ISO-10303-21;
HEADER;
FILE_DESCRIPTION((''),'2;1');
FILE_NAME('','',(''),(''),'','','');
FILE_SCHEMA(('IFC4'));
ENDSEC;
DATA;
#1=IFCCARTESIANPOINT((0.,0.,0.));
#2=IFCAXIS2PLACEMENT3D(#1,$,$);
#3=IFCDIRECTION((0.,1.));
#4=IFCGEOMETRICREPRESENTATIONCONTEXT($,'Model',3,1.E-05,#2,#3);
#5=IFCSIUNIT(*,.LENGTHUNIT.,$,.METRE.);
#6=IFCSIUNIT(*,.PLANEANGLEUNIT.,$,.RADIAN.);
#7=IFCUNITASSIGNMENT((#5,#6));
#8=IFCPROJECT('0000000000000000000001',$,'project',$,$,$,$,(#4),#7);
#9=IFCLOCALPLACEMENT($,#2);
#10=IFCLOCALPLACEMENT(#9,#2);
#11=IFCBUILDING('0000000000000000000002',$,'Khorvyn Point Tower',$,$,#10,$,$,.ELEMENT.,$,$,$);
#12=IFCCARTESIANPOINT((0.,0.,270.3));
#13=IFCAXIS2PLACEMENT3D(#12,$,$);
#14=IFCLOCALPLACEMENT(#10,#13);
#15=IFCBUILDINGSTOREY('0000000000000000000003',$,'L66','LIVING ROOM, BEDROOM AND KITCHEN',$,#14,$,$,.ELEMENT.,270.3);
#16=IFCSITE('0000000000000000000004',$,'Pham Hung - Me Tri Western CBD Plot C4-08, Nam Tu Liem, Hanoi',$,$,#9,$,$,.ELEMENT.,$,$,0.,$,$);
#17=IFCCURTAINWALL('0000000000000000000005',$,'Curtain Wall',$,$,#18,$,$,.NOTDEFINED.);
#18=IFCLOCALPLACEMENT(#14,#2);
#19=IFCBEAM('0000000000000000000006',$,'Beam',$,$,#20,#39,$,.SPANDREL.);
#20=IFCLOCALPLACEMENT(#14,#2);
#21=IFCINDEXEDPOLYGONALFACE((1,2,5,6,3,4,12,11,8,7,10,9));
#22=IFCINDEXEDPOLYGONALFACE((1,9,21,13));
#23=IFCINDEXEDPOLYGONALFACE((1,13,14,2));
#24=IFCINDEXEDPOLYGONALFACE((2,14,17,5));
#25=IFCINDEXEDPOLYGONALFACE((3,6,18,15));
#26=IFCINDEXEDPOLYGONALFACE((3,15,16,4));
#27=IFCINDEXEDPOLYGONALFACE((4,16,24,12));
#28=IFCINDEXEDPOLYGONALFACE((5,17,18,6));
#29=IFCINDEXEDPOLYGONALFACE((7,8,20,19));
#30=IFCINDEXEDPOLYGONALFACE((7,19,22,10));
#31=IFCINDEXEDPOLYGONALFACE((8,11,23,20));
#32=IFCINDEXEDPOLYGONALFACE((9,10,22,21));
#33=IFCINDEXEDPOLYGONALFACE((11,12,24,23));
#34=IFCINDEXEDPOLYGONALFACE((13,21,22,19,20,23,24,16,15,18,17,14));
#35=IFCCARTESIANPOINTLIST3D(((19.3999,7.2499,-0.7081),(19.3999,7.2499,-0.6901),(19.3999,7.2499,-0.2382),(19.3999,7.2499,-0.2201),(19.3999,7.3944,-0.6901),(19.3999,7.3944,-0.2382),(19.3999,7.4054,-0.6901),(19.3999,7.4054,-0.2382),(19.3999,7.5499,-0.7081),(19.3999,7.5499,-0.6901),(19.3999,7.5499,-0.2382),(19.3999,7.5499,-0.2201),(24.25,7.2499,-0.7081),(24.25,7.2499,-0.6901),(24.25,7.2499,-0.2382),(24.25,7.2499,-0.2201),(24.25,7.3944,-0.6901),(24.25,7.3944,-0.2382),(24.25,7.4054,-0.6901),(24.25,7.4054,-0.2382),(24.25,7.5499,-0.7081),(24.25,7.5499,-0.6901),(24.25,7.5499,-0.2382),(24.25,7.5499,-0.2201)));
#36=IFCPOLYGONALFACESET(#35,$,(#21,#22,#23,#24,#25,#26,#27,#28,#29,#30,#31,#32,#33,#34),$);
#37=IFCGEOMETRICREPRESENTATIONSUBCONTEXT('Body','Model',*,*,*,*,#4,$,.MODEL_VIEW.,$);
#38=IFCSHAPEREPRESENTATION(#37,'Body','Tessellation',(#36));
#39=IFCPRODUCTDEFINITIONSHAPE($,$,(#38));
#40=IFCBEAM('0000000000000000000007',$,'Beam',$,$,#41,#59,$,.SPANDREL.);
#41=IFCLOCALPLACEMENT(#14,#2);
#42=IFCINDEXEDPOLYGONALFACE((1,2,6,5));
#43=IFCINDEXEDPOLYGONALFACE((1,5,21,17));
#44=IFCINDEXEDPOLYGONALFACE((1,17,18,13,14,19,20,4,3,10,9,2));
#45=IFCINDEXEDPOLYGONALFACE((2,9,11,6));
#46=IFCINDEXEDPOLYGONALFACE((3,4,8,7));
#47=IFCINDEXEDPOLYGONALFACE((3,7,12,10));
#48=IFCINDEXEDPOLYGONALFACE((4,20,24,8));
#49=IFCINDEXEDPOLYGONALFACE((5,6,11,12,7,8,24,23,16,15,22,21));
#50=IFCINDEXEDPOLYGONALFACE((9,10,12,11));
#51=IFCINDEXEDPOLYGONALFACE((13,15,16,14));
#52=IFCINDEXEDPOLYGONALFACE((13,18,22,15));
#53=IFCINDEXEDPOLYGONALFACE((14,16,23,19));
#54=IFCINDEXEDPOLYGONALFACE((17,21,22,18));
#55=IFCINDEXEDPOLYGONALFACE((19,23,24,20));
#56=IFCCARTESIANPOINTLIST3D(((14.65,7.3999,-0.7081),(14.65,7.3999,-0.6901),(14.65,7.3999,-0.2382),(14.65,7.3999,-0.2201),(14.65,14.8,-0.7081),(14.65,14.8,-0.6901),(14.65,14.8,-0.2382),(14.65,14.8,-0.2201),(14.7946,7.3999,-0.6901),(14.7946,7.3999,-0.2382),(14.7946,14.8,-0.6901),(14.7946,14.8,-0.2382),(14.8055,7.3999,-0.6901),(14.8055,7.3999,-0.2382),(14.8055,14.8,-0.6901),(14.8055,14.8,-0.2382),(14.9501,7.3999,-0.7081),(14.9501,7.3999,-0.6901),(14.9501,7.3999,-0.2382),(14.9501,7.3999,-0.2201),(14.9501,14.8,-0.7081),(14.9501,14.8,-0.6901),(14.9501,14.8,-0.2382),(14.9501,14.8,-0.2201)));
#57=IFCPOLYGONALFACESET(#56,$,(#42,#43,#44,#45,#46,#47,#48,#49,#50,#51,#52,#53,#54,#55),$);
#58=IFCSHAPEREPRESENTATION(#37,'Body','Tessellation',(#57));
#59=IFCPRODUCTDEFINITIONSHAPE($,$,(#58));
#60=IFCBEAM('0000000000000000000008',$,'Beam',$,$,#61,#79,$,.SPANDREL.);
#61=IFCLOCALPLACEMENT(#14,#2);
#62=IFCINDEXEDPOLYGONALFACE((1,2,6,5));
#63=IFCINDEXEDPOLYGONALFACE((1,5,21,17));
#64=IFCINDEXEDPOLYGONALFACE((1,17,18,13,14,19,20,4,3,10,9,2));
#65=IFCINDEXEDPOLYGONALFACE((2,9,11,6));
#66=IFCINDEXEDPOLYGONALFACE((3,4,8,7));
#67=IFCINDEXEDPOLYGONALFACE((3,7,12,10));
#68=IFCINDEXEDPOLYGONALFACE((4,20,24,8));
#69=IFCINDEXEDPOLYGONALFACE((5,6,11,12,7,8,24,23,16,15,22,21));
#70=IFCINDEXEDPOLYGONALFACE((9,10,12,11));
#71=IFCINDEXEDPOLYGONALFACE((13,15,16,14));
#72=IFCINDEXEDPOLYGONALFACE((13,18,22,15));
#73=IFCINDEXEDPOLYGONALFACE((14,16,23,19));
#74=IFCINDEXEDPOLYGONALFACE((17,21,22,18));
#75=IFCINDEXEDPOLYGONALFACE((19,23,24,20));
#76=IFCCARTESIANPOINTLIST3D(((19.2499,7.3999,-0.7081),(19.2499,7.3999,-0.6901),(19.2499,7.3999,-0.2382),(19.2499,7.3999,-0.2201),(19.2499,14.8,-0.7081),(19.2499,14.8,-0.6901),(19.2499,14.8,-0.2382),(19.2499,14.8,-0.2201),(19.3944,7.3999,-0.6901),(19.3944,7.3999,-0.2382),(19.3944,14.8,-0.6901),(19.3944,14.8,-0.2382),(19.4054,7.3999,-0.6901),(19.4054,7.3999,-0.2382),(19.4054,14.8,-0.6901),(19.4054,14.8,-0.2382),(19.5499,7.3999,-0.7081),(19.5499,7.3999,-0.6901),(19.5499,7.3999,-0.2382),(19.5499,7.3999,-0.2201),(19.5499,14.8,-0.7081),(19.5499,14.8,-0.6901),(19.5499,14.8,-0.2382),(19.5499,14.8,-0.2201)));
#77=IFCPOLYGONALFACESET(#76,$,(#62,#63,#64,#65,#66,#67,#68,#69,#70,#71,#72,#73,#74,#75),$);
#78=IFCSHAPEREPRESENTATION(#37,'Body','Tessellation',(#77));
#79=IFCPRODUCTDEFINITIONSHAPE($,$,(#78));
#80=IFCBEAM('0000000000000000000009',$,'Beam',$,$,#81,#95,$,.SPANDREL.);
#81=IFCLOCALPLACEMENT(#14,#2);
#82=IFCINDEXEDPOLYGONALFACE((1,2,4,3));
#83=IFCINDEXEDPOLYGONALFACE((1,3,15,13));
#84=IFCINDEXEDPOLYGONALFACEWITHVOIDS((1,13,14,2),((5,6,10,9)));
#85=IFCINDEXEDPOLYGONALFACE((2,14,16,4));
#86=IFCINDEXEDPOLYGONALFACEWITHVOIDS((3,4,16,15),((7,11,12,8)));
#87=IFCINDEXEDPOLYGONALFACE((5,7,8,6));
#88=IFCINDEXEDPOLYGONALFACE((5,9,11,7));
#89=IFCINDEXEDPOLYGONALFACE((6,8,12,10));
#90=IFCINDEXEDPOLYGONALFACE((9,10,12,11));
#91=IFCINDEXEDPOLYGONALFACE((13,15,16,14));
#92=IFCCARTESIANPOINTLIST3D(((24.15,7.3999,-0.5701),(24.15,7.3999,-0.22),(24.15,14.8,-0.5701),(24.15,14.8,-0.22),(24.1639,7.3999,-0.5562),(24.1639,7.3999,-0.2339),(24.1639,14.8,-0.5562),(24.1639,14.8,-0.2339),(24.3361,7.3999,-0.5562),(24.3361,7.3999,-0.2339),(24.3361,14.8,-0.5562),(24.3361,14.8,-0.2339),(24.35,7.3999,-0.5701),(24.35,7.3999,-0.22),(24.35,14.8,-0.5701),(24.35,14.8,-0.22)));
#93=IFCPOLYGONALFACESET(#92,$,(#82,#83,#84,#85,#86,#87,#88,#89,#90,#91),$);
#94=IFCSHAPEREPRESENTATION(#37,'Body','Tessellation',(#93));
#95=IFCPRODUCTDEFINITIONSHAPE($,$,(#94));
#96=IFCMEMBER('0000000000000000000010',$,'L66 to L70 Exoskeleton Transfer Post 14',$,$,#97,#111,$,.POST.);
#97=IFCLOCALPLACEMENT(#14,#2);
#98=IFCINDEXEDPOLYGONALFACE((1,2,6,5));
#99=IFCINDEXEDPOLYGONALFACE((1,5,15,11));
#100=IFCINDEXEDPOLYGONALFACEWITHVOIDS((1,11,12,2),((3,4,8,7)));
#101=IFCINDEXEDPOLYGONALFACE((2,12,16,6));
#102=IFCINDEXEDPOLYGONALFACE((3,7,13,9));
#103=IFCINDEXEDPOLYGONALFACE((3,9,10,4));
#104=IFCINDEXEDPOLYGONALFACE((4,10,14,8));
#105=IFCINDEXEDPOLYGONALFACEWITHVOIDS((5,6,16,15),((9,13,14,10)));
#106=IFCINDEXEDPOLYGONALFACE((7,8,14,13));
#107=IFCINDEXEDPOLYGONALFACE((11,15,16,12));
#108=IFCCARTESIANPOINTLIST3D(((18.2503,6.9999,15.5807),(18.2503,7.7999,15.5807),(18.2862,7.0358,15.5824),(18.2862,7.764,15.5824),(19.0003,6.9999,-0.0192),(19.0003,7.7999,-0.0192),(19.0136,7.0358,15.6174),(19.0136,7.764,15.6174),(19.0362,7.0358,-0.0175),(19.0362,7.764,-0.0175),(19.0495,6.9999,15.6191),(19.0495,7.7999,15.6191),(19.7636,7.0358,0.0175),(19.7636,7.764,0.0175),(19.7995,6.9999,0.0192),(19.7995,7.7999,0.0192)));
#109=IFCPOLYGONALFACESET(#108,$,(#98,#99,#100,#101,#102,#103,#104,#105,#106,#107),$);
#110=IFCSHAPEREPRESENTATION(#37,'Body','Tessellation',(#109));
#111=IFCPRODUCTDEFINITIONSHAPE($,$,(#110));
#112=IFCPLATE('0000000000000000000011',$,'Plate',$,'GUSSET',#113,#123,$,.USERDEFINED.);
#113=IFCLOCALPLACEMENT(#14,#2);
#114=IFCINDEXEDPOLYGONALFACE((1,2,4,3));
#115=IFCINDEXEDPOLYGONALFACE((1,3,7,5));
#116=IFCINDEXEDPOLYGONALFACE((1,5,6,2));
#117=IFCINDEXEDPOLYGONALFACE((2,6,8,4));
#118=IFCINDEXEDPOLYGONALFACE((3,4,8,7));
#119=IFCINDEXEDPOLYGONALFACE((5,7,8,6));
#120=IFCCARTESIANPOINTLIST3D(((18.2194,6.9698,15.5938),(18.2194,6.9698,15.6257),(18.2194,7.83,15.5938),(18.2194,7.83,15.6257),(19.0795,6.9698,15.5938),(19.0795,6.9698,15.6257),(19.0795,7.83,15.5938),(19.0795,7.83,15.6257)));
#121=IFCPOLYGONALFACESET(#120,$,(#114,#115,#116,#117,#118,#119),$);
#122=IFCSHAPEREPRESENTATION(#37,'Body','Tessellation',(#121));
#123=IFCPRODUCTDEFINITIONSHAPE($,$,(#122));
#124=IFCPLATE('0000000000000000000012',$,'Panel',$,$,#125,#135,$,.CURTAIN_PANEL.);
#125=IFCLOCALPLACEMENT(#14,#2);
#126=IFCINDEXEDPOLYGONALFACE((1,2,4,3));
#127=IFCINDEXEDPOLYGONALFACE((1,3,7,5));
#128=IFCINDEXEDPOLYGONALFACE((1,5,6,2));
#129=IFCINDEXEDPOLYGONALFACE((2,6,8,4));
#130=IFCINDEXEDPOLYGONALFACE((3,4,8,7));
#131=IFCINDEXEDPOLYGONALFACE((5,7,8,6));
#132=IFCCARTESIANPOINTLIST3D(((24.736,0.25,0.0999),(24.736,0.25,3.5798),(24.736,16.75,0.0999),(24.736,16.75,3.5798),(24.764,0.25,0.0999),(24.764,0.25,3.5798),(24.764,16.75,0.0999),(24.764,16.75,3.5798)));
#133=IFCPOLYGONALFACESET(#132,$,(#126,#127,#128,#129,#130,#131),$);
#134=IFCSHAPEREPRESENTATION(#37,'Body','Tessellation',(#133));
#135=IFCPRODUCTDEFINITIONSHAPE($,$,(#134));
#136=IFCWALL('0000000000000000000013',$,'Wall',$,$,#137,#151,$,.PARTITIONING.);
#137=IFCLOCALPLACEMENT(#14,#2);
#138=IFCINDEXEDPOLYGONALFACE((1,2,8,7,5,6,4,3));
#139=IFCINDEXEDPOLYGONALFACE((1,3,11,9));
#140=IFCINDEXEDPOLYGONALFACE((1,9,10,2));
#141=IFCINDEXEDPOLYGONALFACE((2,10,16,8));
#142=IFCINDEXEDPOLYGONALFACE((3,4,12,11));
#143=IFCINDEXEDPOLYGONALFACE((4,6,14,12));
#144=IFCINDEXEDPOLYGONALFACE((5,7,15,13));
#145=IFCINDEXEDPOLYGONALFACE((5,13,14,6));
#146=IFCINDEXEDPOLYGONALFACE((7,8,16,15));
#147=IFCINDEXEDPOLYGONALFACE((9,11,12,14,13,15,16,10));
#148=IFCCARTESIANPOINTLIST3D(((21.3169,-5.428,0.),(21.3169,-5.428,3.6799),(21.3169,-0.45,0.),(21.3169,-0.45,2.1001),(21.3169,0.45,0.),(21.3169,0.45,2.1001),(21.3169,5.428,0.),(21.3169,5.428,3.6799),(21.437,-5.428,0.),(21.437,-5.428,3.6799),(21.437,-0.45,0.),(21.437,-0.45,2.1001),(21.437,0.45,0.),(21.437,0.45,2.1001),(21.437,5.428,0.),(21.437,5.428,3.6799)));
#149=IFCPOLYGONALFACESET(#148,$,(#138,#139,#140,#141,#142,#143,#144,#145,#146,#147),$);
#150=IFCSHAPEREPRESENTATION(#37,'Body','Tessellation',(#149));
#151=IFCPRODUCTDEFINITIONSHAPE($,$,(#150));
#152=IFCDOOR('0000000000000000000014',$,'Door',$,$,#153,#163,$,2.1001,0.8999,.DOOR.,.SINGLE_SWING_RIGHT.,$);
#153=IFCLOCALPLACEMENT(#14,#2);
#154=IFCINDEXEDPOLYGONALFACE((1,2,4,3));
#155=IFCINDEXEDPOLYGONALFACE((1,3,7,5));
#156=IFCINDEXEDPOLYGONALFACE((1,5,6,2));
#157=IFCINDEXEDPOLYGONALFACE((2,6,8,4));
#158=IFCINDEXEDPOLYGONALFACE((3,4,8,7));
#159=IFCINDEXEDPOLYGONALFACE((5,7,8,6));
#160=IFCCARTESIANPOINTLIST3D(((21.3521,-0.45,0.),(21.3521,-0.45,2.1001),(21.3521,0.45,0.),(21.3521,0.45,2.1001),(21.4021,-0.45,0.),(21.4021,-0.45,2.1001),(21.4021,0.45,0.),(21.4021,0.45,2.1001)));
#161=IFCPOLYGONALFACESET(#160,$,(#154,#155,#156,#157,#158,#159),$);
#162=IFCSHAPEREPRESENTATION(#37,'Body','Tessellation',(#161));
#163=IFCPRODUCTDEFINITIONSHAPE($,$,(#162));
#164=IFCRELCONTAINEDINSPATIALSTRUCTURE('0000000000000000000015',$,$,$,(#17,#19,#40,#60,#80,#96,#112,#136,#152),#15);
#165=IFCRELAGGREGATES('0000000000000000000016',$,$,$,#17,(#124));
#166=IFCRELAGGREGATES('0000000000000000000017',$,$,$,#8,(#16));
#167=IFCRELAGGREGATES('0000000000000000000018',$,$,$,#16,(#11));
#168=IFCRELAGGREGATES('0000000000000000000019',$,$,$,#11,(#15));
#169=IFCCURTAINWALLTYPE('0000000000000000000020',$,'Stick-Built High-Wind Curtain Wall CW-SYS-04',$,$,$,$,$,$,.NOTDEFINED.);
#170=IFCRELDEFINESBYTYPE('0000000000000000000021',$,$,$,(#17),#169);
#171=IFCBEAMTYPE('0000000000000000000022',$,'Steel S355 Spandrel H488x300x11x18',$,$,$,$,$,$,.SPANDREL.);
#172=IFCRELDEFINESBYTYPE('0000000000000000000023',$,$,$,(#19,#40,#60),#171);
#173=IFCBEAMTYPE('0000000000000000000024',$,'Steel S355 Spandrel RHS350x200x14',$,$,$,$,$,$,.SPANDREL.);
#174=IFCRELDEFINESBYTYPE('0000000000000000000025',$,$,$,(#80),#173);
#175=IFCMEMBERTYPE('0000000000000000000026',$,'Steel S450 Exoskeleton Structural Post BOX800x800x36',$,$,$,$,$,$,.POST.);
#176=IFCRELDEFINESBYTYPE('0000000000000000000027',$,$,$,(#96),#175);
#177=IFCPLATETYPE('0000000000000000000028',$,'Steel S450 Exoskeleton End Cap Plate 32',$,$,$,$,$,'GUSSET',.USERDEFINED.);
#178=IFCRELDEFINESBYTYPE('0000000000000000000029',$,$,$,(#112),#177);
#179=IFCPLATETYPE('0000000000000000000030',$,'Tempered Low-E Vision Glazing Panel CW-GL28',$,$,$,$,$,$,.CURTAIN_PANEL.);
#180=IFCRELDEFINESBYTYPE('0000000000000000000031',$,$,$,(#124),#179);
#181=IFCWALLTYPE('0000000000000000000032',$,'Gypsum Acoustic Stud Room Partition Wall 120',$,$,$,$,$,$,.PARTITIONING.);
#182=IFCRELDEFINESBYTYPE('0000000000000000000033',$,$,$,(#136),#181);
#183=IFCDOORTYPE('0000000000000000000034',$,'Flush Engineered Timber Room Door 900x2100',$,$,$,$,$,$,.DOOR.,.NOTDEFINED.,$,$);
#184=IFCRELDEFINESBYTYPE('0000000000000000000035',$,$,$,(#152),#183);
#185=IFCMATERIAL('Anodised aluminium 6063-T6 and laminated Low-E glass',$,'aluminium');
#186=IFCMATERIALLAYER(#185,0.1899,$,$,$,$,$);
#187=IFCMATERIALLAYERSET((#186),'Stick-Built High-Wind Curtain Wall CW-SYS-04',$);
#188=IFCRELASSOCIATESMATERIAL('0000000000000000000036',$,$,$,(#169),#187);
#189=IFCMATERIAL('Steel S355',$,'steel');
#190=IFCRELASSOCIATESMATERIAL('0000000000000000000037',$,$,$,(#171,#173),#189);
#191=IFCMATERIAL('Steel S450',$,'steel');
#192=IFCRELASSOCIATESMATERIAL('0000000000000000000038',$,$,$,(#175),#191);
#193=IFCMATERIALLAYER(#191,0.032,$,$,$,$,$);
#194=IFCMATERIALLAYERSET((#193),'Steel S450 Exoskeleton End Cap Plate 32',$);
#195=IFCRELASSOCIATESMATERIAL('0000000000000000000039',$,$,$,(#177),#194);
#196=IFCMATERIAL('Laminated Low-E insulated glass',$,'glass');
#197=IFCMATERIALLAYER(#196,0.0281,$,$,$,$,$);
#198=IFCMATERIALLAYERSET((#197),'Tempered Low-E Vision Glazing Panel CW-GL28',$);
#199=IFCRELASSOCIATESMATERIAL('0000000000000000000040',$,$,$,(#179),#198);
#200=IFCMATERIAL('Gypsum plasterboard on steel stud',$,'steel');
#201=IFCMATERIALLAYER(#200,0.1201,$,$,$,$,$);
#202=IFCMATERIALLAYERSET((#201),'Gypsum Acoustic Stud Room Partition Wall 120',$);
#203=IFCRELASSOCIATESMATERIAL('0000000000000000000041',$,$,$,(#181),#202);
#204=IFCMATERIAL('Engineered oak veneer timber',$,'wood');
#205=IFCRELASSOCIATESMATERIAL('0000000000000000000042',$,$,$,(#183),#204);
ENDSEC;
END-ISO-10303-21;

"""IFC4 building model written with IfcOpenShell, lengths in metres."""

from ifc_helpers import new_model, si_unit, direction, frame, frame_2d, origin, origin_2d, place, context, subcontext, project, spatial, rectangle, hollow_rectangle, i_section, extrude, material, layer, layer_set, material_profile, profile_set, type_object, element, fill, aggregate, save


model = new_model("IFC4")

# Units and contexts
model_context = context("Model", 3, precision=1e-05, world=origin(), true_north=direction((0.0, 1.0)))
body_context = subcontext(model_context, "Body", "Model", "MODEL_VIEW")
ifc_project = project(units=[si_unit("LENGTHUNIT", "METRE"), si_unit("PLANEANGLEUNIT", "RADIAN")], contexts=[model_context])

# Site, building, storey
site_placement = place(None, origin())
site = spatial("IfcSite", under=ifc_project, at=site_placement, Name="Pham Hung - Me Tri Western CBD Plot C4-08, Nam Tu Liem, Hanoi", CompositionType="ELEMENT", RefElevation=0.0)
building_placement = place(site_placement, origin())
building = spatial("IfcBuilding", under=site, at=building_placement, Name="Khorvyn Point Tower", CompositionType="ELEMENT")
storey_placement = place(building_placement, frame((0.0, 0.0, 270.3)))
storey = spatial("IfcBuildingStorey", under=building, at=storey_placement, Name="L66", Description="LIVING ROOM, BEDROOM AND KITCHEN", CompositionType="ELEMENT", Elevation=270.3)

# Shared definitions
ifc_material_1 = material(Name="Steel S355", Category="steel")
ifc_material_2 = material(Name="Steel S450", Category="steel")

# Curtain wall
ifc_material_3 = material(Name="Anodised aluminium 6063-T6 and laminated Low-E glass", Category="aluminium")
ifc_layer_1 = layer(ifc_material_3, 0.1899)
ifc_layer_set_1 = layer_set([ifc_layer_1], Name="Stick-Built High-Wind Curtain Wall CW-SYS-04")
curtain_wall_type = type_object("IfcCurtainWallType", Name="Stick-Built High-Wind Curtain Wall CW-SYS-04", PredefinedType="NOTDEFINED", material=ifc_layer_set_1)
curtain_wall_placement = place(storey_placement, origin())
curtain_wall = element("IfcCurtainWall", 1, at=curtain_wall_placement, inside=storey, type_object=curtain_wall_type, Name="Curtain Wall", PredefinedType="NOTDEFINED")

# Beams
ifc_material_profile_1 = material_profile(ifc_material_1, i_section(OverallWidth=0.3, OverallDepth=0.488, WebThickness=0.011, FlangeThickness=0.0181, at=origin_2d()))
ifc_profile_set_1 = profile_set([ifc_material_profile_1], Name="Steel S355 H488x300x11x18")
beam_type_1 = type_object("IfcBeamType", Name="Steel S355 Spandrel H488x300x11x18", PredefinedType="SPANDREL", material=ifc_profile_set_1)
beam_1_placement = place(storey_placement, frame((19.3999, 7.3999, -0.4641), z_axis=(1.0, 0.0, 0.0), x_axis=(0.0, 1.0, 0.0)))
element("IfcBeam", 2, at=beam_1_placement, inside=storey, type_object=beam_type_1, Name="Beam", PredefinedType="SPANDREL", context=body_context, shape_type="SweptSolid", body=[
    extrude(i_section(OverallWidth=0.3, OverallDepth=0.488, WebThickness=0.011, FlangeThickness=0.0181, at=origin_2d()), origin(), (0.0, 0.0, 1.0), 4.8501),
])
for number, where, z_axis, x_axis, name in (
    (3, (14.8, 7.3999, -0.4641), (0.0, 1.0, 0.0), (-1.0, 0.0, 0.0), "Beam"),
    (4, (19.3999, 7.3999, -0.4641), (0.0, 1.0, 0.0), (-1.0, 0.0, 0.0), "Beam"),
):
    element("IfcBeam", number, at=place(storey_placement, frame(where, z_axis=z_axis, x_axis=x_axis)), inside=storey, type_object=beam_type_1, Name=name, PredefinedType="SPANDREL", context=body_context, shape_type="SweptSolid", body=[
        extrude(i_section(OverallWidth=0.3, OverallDepth=0.488, WebThickness=0.011, FlangeThickness=0.0181, at=origin_2d()), origin(), (0.0, 0.0, 1.0), 7.4001),
    ])
ifc_material_profile_2 = material_profile(ifc_material_1, hollow_rectangle(XDim=0.2, YDim=0.3501, WallThickness=0.0139, at=origin_2d()))
ifc_profile_set_2 = profile_set([ifc_material_profile_2], Name="Steel S355 RHS350x200x14")
beam_type_2 = type_object("IfcBeamType", Name="Steel S355 Spandrel RHS350x200x14", PredefinedType="SPANDREL", material=ifc_profile_set_2)
beam_2_placement = place(storey_placement, frame((24.25, 7.3999, -0.395), z_axis=(0.0, 1.0, 0.0), x_axis=(-1.0, 0.0, 0.0)))
element("IfcBeam", 5, at=beam_2_placement, inside=storey, type_object=beam_type_2, Name="Beam", PredefinedType="SPANDREL", context=body_context, shape_type="SweptSolid", body=[
    extrude(hollow_rectangle(XDim=0.2, YDim=0.3501, WallThickness=0.0139, at=origin_2d()), origin(), (0.0, 0.0, 1.0), 7.4001),
])

# Member
ifc_material_profile_3 = material_profile(ifc_material_2, hollow_rectangle(XDim=0.8, YDim=0.8, WallThickness=0.0359, at=origin_2d()))
ifc_profile_set_3 = profile_set([ifc_material_profile_3], Name="Steel S450 BOX800x800x36")
member_type_1 = type_object("IfcMemberType", Name="Steel S450 Exoskeleton Structural Post BOX800x800x36", PredefinedType="POST", material=ifc_profile_set_3)
member_1_placement = place(storey_placement, frame((19.3999, 7.3999, 0.0), z_axis=(-0.048022, 0.0, 0.998846), x_axis=(0.0, -1.0, 0.0)))
element("IfcMember", 6, at=member_1_placement, inside=storey, type_object=member_type_1, Name="L66 to L70 Exoskeleton Transfer Post 14", PredefinedType="POST", context=body_context, shape_type="SweptSolid", body=[
    extrude(hollow_rectangle(XDim=0.8, YDim=0.8, WallThickness=0.0359, at=origin_2d()), origin(), (0.0, 0.0, 1.0), 15.6179),
])

# Plates
ifc_layer_2 = layer(ifc_material_2, 0.032)
ifc_layer_set_2 = layer_set([ifc_layer_2], Name="Steel S450 Exoskeleton End Cap Plate 32")
plate_type_1 = type_object("IfcPlateType", Name="Steel S450 Exoskeleton End Cap Plate 32", ElementType="GUSSET", PredefinedType="USERDEFINED", material=ifc_layer_set_2)
plate_1_placement = place(storey_placement, frame((18.6494, 7.3999, 15.5938), z_axis=(0.0, 0.0, 1.0), x_axis=(1.0, 0.0, 0.0)))
element("IfcPlate", 7, at=plate_1_placement, inside=storey, type_object=plate_type_1, Name="Plate", ObjectType="GUSSET", PredefinedType="USERDEFINED", context=body_context, shape_type="SweptSolid", body=[
    extrude(rectangle(XDim=0.8601, YDim=0.8601, at=origin_2d()), origin(), (0.0, 0.0, 1.0), 0.032),
])
ifc_material_4 = material(Name="Laminated Low-E insulated glass", Category="glass")
ifc_layer_3 = layer(ifc_material_4, 0.0281)
ifc_layer_set_3 = layer_set([ifc_layer_3], Name="Tempered Low-E Vision Glazing Panel CW-GL28")
plate_type_2 = type_object("IfcPlateType", Name="Tempered Low-E Vision Glazing Panel CW-GL28", PredefinedType="CURTAIN_PANEL", material=ifc_layer_set_3)
plate_2_placement = place(storey_placement, frame((24.75, 8.5, 0.0999), z_axis=(0.0, 0.0, 1.0), x_axis=(0.0, -1.0, 0.0)))
plate_2 = element("IfcPlate", 8, at=plate_2_placement, type_object=plate_type_2, Name="Panel", PredefinedType="CURTAIN_PANEL", context=body_context, shape_type="SweptSolid", body=[
    extrude(rectangle(XDim=16.5, YDim=0.0281, at=origin_2d()), origin(), (0.0, 0.0, 1.0), 3.48),
])
aggregate(curtain_wall, [plate_2])

# Wall, opening, door
ifc_material_5 = material(Name="Gypsum plasterboard on steel stud", Category="steel")
ifc_layer_4 = layer(ifc_material_5, 0.1201)
ifc_layer_set_4 = layer_set([ifc_layer_4], Name="Gypsum Acoustic Stud Room Partition Wall 120")
wall_type_1 = type_object("IfcWallType", Name="Gypsum Acoustic Stud Room Partition Wall 120", PredefinedType="PARTITIONING", material=ifc_layer_set_4)
wall_1_placement = place(storey_placement, frame((21.377, -5.428, 0.0), z_axis=(0.0, 0.0, 1.0), x_axis=(0.0, 1.0, 0.0)))
wall_1 = element("IfcWall", 9, at=wall_1_placement, inside=storey, type_object=wall_type_1, Name="Wall", PredefinedType="PARTITIONING", context=body_context, shape_type="SweptSolid", body=[
    extrude(rectangle(XDim=10.856, YDim=0.1201, at=frame_2d((5.428, 0.0))), origin(), (0.0, 0.0, 1.0), 3.6799),
])
opening_1_placement = place(wall_1_placement, frame((4.978, 0.0, 0.0)))
opening_1 = element("IfcOpeningElement", 10, at=opening_1_placement, cuts=wall_1, PredefinedType="OPENING", context=body_context, shape_type="SweptSolid", body=[
    extrude(rectangle(XDim=0.8999, YDim=2.1001, at=frame_2d((0.45, 1.05))), frame((0.0, 0.0701, 0.0), z_axis=(0.0, -1.0, 0.0), x_axis=(1.0, 0.0, 0.0)), (0.0, 0.0, 1.0), 0.1401),
])
ifc_material_6 = material(Name="Engineered oak veneer timber", Category="wood")
door_type_1 = type_object("IfcDoorType", Name="Flush Engineered Timber Room Door 900x2100", OperationType="NOTDEFINED", PredefinedType="DOOR", material=ifc_material_6)
door_1_placement = place(opening_1_placement, origin())
door_1 = element("IfcDoor", 11, at=door_1_placement, inside=storey, type_object=door_type_1, Name="Door", OperationType="SINGLE_SWING_RIGHT", OverallHeight=2.1001, OverallWidth=0.8999, PredefinedType="DOOR", context=body_context, shape_type="SweptSolid", body=[
    extrude(rectangle(XDim=0.8999, YDim=2.1001, at=frame_2d((0.45, 1.05))), frame((0.0, 0.0249, 0.0), z_axis=(0.0, -1.0, 0.0), x_axis=(1.0, 0.0, 0.0)), (0.0, 0.0, 1.0), 0.05),
])
fill(opening_1, door_1)

save(model, "model.ifc")
